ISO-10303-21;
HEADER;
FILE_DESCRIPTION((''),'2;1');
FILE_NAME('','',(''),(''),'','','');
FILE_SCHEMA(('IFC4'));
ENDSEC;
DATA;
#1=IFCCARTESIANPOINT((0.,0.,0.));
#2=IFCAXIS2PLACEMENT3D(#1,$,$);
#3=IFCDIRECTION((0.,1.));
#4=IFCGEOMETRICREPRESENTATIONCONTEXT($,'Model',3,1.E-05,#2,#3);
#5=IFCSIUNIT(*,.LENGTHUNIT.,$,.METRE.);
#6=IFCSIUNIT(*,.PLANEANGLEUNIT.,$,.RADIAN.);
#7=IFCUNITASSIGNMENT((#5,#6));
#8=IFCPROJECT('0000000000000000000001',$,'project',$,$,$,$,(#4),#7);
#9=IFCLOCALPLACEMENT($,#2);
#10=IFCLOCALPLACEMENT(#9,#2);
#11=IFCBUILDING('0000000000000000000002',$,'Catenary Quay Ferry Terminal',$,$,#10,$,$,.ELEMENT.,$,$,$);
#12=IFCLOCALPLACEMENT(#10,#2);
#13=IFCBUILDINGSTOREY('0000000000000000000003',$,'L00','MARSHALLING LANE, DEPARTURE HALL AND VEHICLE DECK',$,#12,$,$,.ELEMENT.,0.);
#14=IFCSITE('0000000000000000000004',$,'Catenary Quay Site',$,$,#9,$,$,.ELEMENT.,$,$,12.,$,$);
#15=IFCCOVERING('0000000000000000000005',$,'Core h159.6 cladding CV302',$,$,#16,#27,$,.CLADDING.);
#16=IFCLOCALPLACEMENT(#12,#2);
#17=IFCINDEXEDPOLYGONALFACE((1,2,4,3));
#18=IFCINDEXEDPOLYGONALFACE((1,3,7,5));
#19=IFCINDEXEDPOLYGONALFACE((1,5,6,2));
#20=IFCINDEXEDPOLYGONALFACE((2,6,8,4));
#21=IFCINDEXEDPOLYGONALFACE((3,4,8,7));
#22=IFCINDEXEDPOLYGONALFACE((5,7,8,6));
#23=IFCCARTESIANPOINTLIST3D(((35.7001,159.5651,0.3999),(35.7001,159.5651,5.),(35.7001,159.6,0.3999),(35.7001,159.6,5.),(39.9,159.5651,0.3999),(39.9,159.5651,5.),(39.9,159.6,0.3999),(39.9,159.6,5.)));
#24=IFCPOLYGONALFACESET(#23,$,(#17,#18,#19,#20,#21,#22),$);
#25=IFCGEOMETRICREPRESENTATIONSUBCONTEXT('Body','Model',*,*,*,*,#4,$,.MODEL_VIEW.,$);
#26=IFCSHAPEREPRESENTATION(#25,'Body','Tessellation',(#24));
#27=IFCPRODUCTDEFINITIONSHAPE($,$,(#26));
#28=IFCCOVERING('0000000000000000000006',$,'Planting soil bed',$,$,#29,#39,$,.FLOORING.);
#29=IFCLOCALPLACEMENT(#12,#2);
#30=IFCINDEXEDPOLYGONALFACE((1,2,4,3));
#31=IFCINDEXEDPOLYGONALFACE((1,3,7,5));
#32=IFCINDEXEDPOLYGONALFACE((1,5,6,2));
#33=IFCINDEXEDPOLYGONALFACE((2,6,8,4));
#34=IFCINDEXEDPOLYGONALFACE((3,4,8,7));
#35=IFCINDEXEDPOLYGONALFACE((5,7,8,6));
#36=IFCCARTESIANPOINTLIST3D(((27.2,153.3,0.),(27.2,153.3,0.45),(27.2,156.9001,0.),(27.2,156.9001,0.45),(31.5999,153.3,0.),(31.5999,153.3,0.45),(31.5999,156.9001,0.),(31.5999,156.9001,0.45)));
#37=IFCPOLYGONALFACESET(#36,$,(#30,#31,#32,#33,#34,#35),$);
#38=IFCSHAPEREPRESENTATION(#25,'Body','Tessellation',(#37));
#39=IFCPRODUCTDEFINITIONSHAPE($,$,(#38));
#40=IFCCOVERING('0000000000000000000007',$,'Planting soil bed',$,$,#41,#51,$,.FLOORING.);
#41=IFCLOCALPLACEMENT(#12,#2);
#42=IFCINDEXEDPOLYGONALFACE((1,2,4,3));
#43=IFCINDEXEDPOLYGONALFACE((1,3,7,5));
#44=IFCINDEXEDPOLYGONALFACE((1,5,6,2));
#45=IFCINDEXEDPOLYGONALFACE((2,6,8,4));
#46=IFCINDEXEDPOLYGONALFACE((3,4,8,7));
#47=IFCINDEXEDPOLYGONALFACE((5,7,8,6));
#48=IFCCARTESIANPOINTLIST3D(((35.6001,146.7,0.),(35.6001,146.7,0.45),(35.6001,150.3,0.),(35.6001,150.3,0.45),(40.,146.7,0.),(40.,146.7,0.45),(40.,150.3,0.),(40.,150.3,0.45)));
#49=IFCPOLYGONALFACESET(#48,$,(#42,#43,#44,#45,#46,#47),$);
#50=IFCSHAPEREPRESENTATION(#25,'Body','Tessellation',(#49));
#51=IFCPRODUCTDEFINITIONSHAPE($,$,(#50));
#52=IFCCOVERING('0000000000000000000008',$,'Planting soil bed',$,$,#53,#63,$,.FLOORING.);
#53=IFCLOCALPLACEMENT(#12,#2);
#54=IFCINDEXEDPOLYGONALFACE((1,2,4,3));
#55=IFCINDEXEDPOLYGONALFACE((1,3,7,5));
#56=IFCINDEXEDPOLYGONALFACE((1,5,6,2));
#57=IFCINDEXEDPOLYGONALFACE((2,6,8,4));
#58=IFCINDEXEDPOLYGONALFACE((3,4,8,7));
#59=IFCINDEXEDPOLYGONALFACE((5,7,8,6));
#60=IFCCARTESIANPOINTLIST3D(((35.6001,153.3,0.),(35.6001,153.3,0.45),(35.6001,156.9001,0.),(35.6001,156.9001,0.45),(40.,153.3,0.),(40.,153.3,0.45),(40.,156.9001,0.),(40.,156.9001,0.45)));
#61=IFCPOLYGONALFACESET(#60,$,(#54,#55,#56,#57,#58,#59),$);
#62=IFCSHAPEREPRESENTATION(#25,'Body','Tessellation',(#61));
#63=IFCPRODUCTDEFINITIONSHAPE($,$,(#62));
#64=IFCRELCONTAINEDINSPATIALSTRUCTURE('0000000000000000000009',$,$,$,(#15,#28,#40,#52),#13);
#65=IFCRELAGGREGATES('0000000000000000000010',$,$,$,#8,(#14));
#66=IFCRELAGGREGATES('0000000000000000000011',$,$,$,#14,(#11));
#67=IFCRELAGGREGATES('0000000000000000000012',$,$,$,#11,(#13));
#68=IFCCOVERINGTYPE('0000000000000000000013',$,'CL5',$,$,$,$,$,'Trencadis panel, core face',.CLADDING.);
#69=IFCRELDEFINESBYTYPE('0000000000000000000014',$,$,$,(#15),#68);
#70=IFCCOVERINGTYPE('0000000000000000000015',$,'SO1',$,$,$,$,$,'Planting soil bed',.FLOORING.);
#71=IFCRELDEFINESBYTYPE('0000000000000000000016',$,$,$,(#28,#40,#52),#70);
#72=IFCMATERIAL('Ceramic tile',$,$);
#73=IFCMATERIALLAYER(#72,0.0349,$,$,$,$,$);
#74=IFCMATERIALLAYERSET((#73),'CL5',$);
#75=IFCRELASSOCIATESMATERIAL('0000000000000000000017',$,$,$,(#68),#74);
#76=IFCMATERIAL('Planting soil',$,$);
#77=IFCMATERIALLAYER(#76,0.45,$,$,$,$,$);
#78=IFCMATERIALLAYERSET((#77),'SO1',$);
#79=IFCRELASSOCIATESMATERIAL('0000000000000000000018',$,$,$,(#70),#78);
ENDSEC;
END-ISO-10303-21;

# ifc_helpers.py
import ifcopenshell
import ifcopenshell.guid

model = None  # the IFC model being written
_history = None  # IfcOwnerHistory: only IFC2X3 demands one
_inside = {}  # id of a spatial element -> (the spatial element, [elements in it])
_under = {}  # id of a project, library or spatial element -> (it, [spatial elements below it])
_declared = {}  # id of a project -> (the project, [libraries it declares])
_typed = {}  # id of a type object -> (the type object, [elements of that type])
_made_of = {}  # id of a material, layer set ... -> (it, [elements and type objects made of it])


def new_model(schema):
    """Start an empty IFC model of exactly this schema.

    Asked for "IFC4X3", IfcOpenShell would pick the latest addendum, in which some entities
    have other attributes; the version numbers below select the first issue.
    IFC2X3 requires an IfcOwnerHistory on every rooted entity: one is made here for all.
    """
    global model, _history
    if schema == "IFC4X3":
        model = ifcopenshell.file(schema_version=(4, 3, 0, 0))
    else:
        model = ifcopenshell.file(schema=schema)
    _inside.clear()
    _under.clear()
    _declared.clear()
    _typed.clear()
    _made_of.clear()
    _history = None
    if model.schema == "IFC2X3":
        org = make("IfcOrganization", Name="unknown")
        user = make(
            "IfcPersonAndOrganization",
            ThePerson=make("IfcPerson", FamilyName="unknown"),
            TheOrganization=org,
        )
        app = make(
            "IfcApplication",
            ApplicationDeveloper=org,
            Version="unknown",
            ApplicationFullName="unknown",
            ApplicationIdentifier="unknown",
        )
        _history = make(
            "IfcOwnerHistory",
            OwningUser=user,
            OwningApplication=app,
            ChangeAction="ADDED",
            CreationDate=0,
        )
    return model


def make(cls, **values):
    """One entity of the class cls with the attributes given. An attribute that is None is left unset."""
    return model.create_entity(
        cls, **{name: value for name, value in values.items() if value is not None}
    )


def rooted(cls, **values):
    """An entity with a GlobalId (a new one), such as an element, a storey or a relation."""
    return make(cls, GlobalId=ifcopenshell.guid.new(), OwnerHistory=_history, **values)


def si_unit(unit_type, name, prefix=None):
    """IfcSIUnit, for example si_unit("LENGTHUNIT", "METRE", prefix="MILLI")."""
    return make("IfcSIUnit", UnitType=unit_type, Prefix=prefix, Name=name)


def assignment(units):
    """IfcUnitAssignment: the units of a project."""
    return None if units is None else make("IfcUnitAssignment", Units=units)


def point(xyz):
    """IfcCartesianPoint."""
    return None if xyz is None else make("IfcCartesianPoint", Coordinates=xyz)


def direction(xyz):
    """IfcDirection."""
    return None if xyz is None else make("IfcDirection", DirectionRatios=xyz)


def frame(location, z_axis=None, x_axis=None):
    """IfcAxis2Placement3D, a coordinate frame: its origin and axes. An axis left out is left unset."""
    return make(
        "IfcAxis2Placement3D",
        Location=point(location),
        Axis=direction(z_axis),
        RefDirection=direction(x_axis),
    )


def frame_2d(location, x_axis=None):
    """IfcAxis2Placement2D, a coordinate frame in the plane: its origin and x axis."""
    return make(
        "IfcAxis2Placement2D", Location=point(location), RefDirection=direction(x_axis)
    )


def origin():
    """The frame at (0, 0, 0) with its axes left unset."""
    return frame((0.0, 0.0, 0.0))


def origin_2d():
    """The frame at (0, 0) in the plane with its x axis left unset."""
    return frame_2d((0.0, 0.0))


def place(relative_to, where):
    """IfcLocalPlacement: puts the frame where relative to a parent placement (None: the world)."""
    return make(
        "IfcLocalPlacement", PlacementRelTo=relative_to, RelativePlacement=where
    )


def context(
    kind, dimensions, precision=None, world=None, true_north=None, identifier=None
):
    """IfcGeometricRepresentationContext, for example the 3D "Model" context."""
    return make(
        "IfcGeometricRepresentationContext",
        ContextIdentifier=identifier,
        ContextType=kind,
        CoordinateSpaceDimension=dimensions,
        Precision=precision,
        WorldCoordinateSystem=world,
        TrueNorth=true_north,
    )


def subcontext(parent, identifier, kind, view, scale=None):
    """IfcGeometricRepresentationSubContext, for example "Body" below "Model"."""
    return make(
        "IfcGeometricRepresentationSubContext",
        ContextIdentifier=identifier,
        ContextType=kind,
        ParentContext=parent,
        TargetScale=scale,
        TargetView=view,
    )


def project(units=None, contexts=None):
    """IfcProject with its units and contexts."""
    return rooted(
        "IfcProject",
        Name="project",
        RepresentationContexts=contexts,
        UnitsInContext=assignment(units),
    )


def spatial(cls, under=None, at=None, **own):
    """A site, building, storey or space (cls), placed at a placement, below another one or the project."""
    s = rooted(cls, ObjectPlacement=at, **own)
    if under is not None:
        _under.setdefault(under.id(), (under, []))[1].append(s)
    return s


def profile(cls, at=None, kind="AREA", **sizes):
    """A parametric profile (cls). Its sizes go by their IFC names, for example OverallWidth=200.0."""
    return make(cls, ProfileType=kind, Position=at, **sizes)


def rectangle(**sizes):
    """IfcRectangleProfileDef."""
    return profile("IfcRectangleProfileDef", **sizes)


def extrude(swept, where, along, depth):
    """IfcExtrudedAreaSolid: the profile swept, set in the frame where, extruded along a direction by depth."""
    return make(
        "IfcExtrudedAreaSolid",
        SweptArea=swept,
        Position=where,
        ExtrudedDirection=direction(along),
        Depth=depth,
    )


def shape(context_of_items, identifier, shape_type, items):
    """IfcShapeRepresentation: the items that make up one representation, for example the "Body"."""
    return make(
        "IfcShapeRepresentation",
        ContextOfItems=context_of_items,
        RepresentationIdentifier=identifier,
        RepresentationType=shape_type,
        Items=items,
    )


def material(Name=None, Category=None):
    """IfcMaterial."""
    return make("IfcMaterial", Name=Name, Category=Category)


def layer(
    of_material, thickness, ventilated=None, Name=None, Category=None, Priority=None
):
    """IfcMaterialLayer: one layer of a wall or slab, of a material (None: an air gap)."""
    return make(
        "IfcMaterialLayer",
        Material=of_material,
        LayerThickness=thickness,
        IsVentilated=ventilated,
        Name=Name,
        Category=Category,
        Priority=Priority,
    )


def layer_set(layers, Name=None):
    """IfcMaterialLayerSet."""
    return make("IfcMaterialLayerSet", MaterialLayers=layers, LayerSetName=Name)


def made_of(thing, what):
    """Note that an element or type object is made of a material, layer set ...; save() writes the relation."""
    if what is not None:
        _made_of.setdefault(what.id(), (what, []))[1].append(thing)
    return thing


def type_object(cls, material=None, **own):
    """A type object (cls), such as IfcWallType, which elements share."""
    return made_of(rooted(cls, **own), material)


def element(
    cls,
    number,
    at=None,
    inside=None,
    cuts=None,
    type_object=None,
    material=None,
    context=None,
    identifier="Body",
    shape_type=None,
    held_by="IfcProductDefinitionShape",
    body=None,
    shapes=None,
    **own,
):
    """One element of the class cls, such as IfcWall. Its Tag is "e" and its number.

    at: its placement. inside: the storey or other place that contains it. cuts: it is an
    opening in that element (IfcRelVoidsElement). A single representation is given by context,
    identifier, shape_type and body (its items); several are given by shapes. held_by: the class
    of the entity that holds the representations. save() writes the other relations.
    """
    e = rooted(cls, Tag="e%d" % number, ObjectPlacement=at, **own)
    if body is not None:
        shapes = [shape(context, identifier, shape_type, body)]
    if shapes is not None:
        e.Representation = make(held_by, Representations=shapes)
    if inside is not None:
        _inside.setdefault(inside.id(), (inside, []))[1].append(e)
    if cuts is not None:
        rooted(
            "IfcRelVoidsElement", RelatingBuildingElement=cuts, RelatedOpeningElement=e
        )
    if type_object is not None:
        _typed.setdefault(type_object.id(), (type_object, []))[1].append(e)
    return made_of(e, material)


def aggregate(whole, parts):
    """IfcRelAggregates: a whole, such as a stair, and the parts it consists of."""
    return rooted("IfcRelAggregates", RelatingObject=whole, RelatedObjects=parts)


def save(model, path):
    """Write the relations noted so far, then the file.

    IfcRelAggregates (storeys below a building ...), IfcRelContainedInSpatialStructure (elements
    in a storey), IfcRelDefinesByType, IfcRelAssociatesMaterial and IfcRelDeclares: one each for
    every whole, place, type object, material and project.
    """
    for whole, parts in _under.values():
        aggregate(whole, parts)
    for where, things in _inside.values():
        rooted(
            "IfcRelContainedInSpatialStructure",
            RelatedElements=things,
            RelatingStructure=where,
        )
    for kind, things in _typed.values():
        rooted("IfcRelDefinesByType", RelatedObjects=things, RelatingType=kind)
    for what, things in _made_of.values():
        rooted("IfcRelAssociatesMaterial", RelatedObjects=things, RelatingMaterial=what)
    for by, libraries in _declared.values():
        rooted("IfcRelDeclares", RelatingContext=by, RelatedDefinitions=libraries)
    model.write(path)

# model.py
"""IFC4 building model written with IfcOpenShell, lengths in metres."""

from ifc_helpers import new_model, si_unit, direction, frame, origin, origin_2d, place, context, subcontext, project, spatial, rectangle, extrude, material, layer, layer_set, type_object, element, save


model = new_model("IFC4")

# Units and contexts
model_context = context("Model", 3, precision=1e-05, world=origin(), true_north=direction((0.0, 1.0)))
body_context = subcontext(model_context, "Body", "Model", "MODEL_VIEW")
ifc_project = project(units=[si_unit("LENGTHUNIT", "METRE"), si_unit("PLANEANGLEUNIT", "RADIAN")], contexts=[model_context])

# Site, building, storey
site_placement = place(None, origin())
site = spatial("IfcSite", under=ifc_project, at=site_placement, Name="Catenary Quay Site", CompositionType="ELEMENT", RefElevation=12.0)
building_placement = place(site_placement, origin())
building = spatial("IfcBuilding", under=site, at=building_placement, Name="Catenary Quay Ferry Terminal", CompositionType="ELEMENT")
storey_placement = place(building_placement, origin())
storey = spatial("IfcBuildingStorey", under=building, at=storey_placement, Name="L00", Description="MARSHALLING LANE, DEPARTURE HALL AND VEHICLE DECK", CompositionType="ELEMENT", Elevation=0.0)

# Coverings
ifc_material_1 = material(Name="Ceramic tile")
ifc_layer_1 = layer(ifc_material_1, 0.0349)
ifc_layer_set_1 = layer_set([ifc_layer_1], Name="CL5")
covering_type_1 = type_object("IfcCoveringType", Name="CL5", ElementType="Trencadis panel, core face", PredefinedType="CLADDING", material=ifc_layer_set_1)
covering_1_placement = place(storey_placement, frame((37.8, 159.5825, 0.3999), z_axis=(0.0, 0.0, 1.0), x_axis=(1.0, 0.0, 0.0)))
element("IfcCovering", 1, at=covering_1_placement, inside=storey, type_object=covering_type_1, Name="Core h159.6 cladding CV302", PredefinedType="CLADDING", context=body_context, shape_type="SweptSolid", body=[
    extrude(rectangle(XDim=4.2, YDim=0.0349, at=origin_2d()), origin(), (0.0, 0.0, 1.0), 4.6001),
])
ifc_material_2 = material(Name="Planting soil")
ifc_layer_2 = layer(ifc_material_2, 0.45)
ifc_layer_set_2 = layer_set([ifc_layer_2], Name="SO1")
covering_type_2 = type_object("IfcCoveringType", Name="SO1", ElementType="Planting soil bed", PredefinedType="FLOORING", material=ifc_layer_set_2)
for number, where, z_axis, x_axis, name in (
    (2, (29.3999, 155.1001, 0.0), (0.0, 0.0, 1.0), (1.0, 0.0, 0.0), "Planting soil bed"),
    (3, (37.8, 148.5, 0.0), (0.0, 0.0, 1.0), (1.0, 0.0, 0.0), "Planting soil bed"),
    (4, (37.8, 155.1001, 0.0), (0.0, 0.0, 1.0), (1.0, 0.0, 0.0), "Planting soil bed"),
):
    element("IfcCovering", number, at=place(storey_placement, frame(where, z_axis=z_axis, x_axis=x_axis)), inside=storey, type_object=covering_type_2, Name=name, PredefinedType="FLOORING", context=body_context, shape_type="SweptSolid", body=[
        extrude(rectangle(XDim=4.3999, YDim=3.6001, at=origin_2d()), origin(), (0.0, 0.0, 1.0), 0.45),
    ])

save(model, "model.ifc")
